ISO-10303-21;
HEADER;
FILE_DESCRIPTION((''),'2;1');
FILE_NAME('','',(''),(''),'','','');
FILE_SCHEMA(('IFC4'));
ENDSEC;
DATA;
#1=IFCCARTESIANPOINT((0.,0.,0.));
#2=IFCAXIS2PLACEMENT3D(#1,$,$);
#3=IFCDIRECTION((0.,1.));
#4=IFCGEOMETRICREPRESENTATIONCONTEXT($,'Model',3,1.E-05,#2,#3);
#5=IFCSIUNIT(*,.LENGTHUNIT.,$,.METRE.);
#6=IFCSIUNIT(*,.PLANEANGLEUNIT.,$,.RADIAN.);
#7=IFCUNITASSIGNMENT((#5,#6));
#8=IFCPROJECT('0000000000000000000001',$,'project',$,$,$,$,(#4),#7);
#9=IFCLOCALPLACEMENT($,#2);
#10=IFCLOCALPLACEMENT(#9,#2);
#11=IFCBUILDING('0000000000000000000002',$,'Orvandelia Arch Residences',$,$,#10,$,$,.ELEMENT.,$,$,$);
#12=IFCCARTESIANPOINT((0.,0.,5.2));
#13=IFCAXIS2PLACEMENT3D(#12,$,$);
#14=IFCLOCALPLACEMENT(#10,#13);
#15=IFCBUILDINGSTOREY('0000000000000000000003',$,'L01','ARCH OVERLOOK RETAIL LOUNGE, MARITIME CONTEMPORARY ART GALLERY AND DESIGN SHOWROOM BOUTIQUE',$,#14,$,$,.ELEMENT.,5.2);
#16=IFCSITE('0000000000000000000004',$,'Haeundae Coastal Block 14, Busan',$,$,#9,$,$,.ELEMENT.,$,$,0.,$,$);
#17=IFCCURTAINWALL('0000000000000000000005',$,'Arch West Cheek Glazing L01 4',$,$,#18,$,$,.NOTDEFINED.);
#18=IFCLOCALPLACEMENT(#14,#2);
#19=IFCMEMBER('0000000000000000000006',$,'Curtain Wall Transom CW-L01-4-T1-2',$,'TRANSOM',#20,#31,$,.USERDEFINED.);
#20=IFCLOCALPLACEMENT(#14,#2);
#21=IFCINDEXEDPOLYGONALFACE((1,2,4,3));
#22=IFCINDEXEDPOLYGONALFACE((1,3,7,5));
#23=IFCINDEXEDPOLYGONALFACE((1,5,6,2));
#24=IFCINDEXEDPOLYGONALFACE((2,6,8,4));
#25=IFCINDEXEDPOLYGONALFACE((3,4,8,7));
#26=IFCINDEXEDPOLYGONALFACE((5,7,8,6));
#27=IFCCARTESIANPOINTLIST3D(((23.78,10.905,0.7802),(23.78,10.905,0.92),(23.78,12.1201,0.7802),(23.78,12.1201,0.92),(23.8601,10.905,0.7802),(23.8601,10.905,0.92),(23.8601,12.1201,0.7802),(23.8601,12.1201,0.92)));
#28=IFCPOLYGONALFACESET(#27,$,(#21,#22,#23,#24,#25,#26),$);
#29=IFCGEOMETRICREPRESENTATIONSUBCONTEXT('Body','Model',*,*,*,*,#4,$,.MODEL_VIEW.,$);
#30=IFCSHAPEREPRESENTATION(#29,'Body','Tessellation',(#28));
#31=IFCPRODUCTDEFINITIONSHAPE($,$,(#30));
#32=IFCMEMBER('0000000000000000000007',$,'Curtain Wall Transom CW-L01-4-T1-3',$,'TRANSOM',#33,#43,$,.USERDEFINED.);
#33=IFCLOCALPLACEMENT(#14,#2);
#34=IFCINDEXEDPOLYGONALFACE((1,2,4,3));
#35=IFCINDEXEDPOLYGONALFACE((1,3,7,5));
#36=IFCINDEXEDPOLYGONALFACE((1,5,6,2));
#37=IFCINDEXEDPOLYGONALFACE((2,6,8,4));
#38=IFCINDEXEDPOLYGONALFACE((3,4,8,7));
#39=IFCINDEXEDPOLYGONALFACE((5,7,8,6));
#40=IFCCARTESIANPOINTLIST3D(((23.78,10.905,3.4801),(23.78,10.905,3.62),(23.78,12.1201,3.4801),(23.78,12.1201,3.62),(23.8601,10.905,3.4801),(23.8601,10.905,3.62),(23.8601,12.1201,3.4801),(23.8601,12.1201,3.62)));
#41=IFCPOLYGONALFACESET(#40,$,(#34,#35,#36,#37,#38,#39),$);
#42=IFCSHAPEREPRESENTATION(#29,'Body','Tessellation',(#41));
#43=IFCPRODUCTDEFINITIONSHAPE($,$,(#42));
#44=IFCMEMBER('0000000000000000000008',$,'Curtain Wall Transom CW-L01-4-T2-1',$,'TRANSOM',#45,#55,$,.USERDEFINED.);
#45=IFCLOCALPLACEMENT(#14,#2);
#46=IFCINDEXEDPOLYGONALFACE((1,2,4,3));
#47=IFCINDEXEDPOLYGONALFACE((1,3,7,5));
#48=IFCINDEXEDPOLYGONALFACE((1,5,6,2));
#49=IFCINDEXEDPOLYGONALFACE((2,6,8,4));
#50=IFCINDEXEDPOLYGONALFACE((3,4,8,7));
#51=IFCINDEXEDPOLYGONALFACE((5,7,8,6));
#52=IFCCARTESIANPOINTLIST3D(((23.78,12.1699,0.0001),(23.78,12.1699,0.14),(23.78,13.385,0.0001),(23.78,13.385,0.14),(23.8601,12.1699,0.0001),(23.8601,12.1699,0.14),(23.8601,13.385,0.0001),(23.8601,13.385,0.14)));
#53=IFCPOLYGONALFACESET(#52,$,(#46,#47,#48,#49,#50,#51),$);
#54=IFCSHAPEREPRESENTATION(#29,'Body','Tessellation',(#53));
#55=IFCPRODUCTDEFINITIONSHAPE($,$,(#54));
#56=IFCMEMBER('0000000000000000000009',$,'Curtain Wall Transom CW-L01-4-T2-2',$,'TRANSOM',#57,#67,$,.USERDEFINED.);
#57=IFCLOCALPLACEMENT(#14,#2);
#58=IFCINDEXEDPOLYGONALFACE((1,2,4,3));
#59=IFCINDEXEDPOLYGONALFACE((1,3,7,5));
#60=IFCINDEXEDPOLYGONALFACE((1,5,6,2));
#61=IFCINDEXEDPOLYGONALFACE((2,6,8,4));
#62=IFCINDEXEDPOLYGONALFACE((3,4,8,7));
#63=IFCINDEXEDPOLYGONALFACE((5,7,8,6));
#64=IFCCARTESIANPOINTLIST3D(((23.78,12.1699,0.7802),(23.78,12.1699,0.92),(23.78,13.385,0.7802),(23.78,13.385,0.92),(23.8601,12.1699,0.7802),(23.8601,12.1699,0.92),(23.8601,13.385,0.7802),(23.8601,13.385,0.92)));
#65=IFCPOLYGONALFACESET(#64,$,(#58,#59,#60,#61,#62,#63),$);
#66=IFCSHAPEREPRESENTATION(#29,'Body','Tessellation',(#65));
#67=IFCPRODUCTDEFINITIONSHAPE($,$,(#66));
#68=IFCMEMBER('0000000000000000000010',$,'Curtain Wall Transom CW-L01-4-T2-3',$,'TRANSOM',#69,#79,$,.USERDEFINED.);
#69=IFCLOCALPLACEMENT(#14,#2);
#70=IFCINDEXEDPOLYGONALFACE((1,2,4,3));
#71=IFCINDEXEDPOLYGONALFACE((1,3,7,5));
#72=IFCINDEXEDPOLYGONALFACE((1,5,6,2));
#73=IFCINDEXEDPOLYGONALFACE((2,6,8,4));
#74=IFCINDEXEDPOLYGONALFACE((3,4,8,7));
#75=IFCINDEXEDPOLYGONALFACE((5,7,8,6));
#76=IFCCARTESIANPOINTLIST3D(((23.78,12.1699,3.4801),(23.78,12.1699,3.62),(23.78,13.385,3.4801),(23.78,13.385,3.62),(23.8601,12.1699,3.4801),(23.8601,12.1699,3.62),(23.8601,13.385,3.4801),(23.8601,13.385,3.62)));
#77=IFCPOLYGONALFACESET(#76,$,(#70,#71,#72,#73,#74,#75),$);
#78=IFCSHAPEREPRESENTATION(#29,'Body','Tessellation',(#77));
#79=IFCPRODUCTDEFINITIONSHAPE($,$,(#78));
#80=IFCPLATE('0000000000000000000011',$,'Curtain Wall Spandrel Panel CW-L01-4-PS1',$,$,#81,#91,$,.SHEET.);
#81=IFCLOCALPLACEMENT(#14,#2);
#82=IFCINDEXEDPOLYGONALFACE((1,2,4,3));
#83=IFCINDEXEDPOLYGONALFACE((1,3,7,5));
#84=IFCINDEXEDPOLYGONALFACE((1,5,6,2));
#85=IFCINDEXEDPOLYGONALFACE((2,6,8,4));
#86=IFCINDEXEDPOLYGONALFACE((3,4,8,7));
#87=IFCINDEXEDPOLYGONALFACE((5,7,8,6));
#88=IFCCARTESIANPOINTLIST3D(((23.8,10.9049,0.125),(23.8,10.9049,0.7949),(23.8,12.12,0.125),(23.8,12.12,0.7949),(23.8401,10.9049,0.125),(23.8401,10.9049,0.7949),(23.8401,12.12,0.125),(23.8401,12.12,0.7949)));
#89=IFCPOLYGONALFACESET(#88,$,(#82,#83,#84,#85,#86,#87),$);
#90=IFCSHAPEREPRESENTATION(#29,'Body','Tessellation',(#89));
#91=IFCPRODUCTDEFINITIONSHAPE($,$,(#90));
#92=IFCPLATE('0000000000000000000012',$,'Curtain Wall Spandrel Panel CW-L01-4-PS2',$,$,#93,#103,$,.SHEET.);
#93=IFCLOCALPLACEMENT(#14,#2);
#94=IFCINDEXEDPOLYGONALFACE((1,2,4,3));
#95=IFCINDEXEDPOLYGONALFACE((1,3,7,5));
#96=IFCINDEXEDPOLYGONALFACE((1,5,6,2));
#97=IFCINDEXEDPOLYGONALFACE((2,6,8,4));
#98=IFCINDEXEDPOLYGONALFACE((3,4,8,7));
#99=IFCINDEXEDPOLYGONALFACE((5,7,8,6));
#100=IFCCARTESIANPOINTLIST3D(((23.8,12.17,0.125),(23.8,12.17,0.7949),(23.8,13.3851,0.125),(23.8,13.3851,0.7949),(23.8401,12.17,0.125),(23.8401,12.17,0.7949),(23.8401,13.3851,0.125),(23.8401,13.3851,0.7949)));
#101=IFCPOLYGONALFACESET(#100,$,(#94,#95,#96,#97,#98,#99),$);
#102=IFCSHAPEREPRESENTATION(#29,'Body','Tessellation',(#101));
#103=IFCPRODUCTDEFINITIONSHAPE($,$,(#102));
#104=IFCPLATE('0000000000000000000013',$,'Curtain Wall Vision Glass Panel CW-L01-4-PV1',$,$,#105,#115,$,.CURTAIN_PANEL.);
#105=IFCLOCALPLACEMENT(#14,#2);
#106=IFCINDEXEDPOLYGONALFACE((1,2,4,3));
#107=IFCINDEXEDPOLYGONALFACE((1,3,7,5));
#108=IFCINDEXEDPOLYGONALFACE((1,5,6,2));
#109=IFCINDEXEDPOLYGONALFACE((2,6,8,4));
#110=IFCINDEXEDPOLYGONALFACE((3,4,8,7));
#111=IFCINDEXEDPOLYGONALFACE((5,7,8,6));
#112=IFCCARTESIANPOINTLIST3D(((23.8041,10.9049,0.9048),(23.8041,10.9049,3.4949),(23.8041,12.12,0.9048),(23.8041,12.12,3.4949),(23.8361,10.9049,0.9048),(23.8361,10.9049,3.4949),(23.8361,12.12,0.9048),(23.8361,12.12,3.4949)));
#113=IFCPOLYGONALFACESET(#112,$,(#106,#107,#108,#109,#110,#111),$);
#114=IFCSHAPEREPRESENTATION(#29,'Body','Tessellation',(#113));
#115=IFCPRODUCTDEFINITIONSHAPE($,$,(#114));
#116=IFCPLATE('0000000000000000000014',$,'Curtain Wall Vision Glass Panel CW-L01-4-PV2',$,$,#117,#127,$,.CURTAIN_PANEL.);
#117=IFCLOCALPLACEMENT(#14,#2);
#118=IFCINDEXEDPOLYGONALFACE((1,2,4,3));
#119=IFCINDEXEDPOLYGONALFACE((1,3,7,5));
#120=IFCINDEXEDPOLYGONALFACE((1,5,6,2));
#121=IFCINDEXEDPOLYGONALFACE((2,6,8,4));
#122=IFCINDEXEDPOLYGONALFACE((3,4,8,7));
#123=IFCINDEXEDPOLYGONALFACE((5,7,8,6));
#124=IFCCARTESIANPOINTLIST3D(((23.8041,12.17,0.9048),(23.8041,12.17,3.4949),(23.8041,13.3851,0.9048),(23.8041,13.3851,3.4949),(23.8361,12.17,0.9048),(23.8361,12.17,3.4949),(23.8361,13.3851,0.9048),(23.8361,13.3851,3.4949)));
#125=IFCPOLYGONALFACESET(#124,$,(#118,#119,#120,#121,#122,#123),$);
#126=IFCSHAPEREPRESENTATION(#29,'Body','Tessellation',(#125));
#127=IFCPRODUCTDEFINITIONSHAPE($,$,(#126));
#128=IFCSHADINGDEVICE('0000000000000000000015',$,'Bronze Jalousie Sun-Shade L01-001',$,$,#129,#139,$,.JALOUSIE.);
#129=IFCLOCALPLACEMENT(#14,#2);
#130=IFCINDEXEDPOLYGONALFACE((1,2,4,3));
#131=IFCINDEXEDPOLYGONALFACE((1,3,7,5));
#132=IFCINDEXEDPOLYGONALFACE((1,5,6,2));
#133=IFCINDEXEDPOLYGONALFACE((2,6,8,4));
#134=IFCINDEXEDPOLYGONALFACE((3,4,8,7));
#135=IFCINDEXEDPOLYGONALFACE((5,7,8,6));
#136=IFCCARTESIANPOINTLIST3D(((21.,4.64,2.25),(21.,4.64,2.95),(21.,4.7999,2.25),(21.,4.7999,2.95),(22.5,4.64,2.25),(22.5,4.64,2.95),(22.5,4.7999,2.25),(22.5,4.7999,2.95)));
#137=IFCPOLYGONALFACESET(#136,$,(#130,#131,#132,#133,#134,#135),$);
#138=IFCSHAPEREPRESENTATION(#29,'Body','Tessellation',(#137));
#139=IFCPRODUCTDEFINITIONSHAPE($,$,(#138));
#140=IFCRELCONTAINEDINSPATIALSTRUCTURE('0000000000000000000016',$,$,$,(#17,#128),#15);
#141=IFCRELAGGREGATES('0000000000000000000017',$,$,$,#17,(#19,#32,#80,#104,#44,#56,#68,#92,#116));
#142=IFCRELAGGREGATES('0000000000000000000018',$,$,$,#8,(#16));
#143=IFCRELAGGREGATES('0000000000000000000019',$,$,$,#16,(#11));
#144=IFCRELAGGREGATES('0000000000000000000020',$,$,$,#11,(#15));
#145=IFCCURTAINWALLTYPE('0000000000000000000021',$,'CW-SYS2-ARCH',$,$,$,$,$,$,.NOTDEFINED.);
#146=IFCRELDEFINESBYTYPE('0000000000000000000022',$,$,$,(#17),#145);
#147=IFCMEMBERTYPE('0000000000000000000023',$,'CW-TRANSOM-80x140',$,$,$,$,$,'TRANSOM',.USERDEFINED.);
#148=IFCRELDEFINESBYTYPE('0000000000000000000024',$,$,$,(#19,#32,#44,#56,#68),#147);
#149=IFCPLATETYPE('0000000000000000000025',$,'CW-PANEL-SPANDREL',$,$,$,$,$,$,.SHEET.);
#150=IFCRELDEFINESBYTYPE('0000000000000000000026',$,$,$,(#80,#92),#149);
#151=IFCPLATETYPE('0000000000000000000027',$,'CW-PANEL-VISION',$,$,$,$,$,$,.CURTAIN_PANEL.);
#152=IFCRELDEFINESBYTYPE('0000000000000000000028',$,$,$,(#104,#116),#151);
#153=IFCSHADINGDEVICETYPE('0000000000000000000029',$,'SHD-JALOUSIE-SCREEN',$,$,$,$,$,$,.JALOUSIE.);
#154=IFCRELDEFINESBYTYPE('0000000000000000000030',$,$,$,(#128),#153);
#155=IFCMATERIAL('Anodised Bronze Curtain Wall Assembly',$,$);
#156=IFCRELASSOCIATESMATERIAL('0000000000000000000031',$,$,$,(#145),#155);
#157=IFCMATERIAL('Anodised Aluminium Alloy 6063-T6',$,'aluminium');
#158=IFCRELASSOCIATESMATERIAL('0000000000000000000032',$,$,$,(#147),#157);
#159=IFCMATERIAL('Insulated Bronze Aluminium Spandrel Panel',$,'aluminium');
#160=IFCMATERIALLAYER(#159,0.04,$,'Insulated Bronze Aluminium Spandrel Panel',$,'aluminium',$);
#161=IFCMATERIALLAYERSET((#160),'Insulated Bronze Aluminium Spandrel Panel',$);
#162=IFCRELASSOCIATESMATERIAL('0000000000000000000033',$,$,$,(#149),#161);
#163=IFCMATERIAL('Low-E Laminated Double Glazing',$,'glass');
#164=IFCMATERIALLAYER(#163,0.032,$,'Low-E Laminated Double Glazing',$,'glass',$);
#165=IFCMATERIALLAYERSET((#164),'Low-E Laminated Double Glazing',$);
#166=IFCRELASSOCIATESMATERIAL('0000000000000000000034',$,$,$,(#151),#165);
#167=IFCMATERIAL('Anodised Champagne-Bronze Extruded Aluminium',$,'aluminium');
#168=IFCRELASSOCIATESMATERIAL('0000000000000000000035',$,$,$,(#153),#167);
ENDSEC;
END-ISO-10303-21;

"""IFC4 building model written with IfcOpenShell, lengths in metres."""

from ifc_helpers import new_model, si_unit, direction, frame, origin, origin_2d, place, context, subcontext, project, spatial, rectangle, extrude, material, layer, layer_set, material_profile, profile_set, type_object, element, aggregate, save


model = new_model("IFC4")

# Units and contexts
model_context = context("Model", 3, precision=1e-05, world=origin(), true_north=direction((0.0, 1.0)))
body_context = subcontext(model_context, "Body", "Model", "MODEL_VIEW")
ifc_project = project(units=[si_unit("LENGTHUNIT", "METRE"), si_unit("PLANEANGLEUNIT", "RADIAN")], contexts=[model_context])

# Site, building, storey
site_placement = place(None, origin())
site = spatial("IfcSite", under=ifc_project, at=site_placement, Name="Haeundae Coastal Block 14, Busan", CompositionType="ELEMENT", RefElevation=0.0)
building_placement = place(site_placement, origin())
building = spatial("IfcBuilding", under=site, at=building_placement, Name="Orvandelia Arch Residences", CompositionType="ELEMENT")
storey_placement = place(building_placement, frame((0.0, 0.0, 5.2)))
storey = spatial("IfcBuildingStorey", under=building, at=storey_placement, Name="L01", Description="ARCH OVERLOOK RETAIL LOUNGE, MARITIME CONTEMPORARY ART GALLERY AND DESIGN SHOWROOM BOUTIQUE", CompositionType="ELEMENT", Elevation=5.2)

# Curtain wall, members, plates
ifc_material_1 = material(Name="Anodised Bronze Curtain Wall Assembly")
curtain_wall_type = type_object("IfcCurtainWallType", Name="CW-SYS2-ARCH", PredefinedType="NOTDEFINED", material=ifc_material_1)
curtain_wall_placement = place(storey_placement, origin())
curtain_wall = element("IfcCurtainWall", 1, at=curtain_wall_placement, inside=storey, type_object=curtain_wall_type, Name="Arch West Cheek Glazing L01 4", PredefinedType="NOTDEFINED")
ifc_material_2 = material(Name="Anodised Aluminium Alloy 6063-T6", Category="aluminium")
ifc_material_profile_1 = material_profile(ifc_material_2, rectangle(XDim=0.0801, YDim=0.1399, at=origin_2d()), Name="Anodised Aluminium Alloy 6063-T6", Category="aluminium")
ifc_profile_set_1 = profile_set([ifc_material_profile_1], Name="Anodised Aluminium Alloy 6063-T6")
member_type_1 = type_object("IfcMemberType", Name="CW-TRANSOM-80x140", ElementType="TRANSOM", PredefinedType="USERDEFINED", material=ifc_profile_set_1)
member_1_placement = place(storey_placement, frame((23.8201, 10.905, 0.8501), z_axis=(0.0, 1.0, 0.0), x_axis=(-1.0, 0.0, 0.0)))
member_1 = element("IfcMember", 2, at=member_1_placement, type_object=member_type_1, Name="Curtain Wall Transom CW-L01-4-T1-2", ObjectType="TRANSOM", PredefinedType="USERDEFINED", context=body_context, shape_type="SweptSolid", body=[
    extrude(rectangle(XDim=0.0801, YDim=0.1399, at=origin_2d()), origin(), (0.0, 0.0, 1.0), 1.2151),
])
member_2_placement = place(storey_placement, frame((23.8201, 10.905, 3.55), z_axis=(0.0, 1.0, 0.0), x_axis=(-1.0, 0.0, 0.0)))
member_2 = element("IfcMember", 3, at=member_2_placement, type_object=member_type_1, Name="Curtain Wall Transom CW-L01-4-T1-3", ObjectType="TRANSOM", PredefinedType="USERDEFINED", context=body_context, shape_type="SweptSolid", body=[
    extrude(rectangle(XDim=0.0801, YDim=0.1399, at=origin_2d()), origin(), (0.0, 0.0, 1.0), 1.2151),
])
member_3_placement = place(storey_placement, frame((23.8201, 12.1699, 0.0701), z_axis=(0.0, 1.0, 0.0), x_axis=(-1.0, 0.0, 0.0)))
member_3 = element("IfcMember", 4, at=member_3_placement, type_object=member_type_1, Name="Curtain Wall Transom CW-L01-4-T2-1", ObjectType="TRANSOM", PredefinedType="USERDEFINED", context=body_context, shape_type="SweptSolid", body=[
    extrude(rectangle(XDim=0.0801, YDim=0.1399, at=origin_2d()), origin(), (0.0, 0.0, 1.0), 1.2151),
])
member_4_placement = place(storey_placement, frame((23.8201, 12.1699, 0.8501), z_axis=(0.0, 1.0, 0.0), x_axis=(-1.0, 0.0, 0.0)))
member_4 = element("IfcMember", 5, at=member_4_placement, type_object=member_type_1, Name="Curtain Wall Transom CW-L01-4-T2-2", ObjectType="TRANSOM", PredefinedType="USERDEFINED", context=body_context, shape_type="SweptSolid", body=[
    extrude(rectangle(XDim=0.0801, YDim=0.1399, at=origin_2d()), origin(), (0.0, 0.0, 1.0), 1.2151),
])
member_5_placement = place(storey_placement, frame((23.8201, 12.1699, 3.55), z_axis=(0.0, 1.0, 0.0), x_axis=(-1.0, 0.0, 0.0)))
member_5 = element("IfcMember", 6, at=member_5_placement, type_object=member_type_1, Name="Curtain Wall Transom CW-L01-4-T2-3", ObjectType="TRANSOM", PredefinedType="USERDEFINED", context=body_context, shape_type="SweptSolid", body=[
    extrude(rectangle(XDim=0.0801, YDim=0.1399, at=origin_2d()), origin(), (0.0, 0.0, 1.0), 1.2151),
])
ifc_material_3 = material(Name="Insulated Bronze Aluminium Spandrel Panel", Category="aluminium")
ifc_layer_1 = layer(ifc_material_3, 0.04, Name="Insulated Bronze Aluminium Spandrel Panel", Category="aluminium")
ifc_layer_set_1 = layer_set([ifc_layer_1], Name="Insulated Bronze Aluminium Spandrel Panel")
plate_type_1 = type_object("IfcPlateType", Name="CW-PANEL-SPANDREL", PredefinedType="SHEET", material=ifc_layer_set_1)
plate_1_placement = place(storey_placement, frame((23.8201, 11.5125, 0.125), z_axis=(0.0, 0.0, 1.0), x_axis=(0.0, 1.0, 0.0)))
plate_1 = element("IfcPlate", 7, at=plate_1_placement, type_object=plate_type_1, Name="Curtain Wall Spandrel Panel CW-L01-4-PS1", PredefinedType="SHEET", context=body_context, shape_type="SweptSolid", body=[
    extrude(rectangle(XDim=1.2151, YDim=0.04, at=origin_2d()), origin(), (0.0, 0.0, 1.0), 0.6699),
])
plate_2_placement = place(storey_placement, frame((23.8201, 12.7776, 0.125), z_axis=(0.0, 0.0, 1.0), x_axis=(0.0, 1.0, 0.0)))
plate_2 = element("IfcPlate", 8, at=plate_2_placement, type_object=plate_type_1, Name="Curtain Wall Spandrel Panel CW-L01-4-PS2", PredefinedType="SHEET", context=body_context, shape_type="SweptSolid", body=[
    extrude(rectangle(XDim=1.2151, YDim=0.04, at=origin_2d()), origin(), (0.0, 0.0, 1.0), 0.6699),
])
ifc_material_4 = material(Name="Low-E Laminated Double Glazing", Category="glass")
ifc_layer_2 = layer(ifc_material_4, 0.032, Name="Low-E Laminated Double Glazing", Category="glass")
ifc_layer_set_2 = layer_set([ifc_layer_2], Name="Low-E Laminated Double Glazing")
plate_type_2 = type_object("IfcPlateType", Name="CW-PANEL-VISION", PredefinedType="CURTAIN_PANEL", material=ifc_layer_set_2)
plate_3_placement = place(storey_placement, frame((23.8201, 11.5125, 0.9048), z_axis=(0.0, 0.0, 1.0), x_axis=(0.0, 1.0, 0.0)))
plate_3 = element("IfcPlate", 9, at=plate_3_placement, type_object=plate_type_2, Name="Curtain Wall Vision Glass Panel CW-L01-4-PV1", PredefinedType="CURTAIN_PANEL", context=body_context, shape_type="SweptSolid", body=[
    extrude(rectangle(XDim=1.2151, YDim=0.032, at=origin_2d()), origin(), (0.0, 0.0, 1.0), 2.5901),
])
plate_4_placement = place(storey_placement, frame((23.8201, 12.7776, 0.9048), z_axis=(0.0, 0.0, 1.0), x_axis=(0.0, 1.0, 0.0)))
plate_4 = element("IfcPlate", 10, at=plate_4_placement, type_object=plate_type_2, Name="Curtain Wall Vision Glass Panel CW-L01-4-PV2", PredefinedType="CURTAIN_PANEL", context=body_context, shape_type="SweptSolid", body=[
    extrude(rectangle(XDim=1.2151, YDim=0.032, at=origin_2d()), origin(), (0.0, 0.0, 1.0), 2.5901),
])
aggregate(curtain_wall, [member_1, member_2, plate_1, plate_3, member_3, member_4, member_5, plate_2, plate_4])

# Shading device
ifc_material_5 = material(Name="Anodised Champagne-Bronze Extruded Aluminium", Category="aluminium")
shading_device_type = type_object("IfcShadingDeviceType", Name="SHD-JALOUSIE-SCREEN", PredefinedType="JALOUSIE", material=ifc_material_5)
shading_device_placement = place(storey_placement, frame((21.75, 4.72, 2.25), z_axis=(0.0, 0.0, 1.0), x_axis=(-1.0, 0.0, 0.0)))
element("IfcShadingDevice", 11, at=shading_device_placement, inside=storey, type_object=shading_device_type, Name="Bronze Jalousie Sun-Shade L01-001", PredefinedType="JALOUSIE", context=body_context, shape_type="SweptSolid", body=[
    extrude(rectangle(XDim=1.5, YDim=0.1599, at=origin_2d()), origin(), (0.0, 0.0, 1.0), 0.7),
])

save(model, "model.ifc")
